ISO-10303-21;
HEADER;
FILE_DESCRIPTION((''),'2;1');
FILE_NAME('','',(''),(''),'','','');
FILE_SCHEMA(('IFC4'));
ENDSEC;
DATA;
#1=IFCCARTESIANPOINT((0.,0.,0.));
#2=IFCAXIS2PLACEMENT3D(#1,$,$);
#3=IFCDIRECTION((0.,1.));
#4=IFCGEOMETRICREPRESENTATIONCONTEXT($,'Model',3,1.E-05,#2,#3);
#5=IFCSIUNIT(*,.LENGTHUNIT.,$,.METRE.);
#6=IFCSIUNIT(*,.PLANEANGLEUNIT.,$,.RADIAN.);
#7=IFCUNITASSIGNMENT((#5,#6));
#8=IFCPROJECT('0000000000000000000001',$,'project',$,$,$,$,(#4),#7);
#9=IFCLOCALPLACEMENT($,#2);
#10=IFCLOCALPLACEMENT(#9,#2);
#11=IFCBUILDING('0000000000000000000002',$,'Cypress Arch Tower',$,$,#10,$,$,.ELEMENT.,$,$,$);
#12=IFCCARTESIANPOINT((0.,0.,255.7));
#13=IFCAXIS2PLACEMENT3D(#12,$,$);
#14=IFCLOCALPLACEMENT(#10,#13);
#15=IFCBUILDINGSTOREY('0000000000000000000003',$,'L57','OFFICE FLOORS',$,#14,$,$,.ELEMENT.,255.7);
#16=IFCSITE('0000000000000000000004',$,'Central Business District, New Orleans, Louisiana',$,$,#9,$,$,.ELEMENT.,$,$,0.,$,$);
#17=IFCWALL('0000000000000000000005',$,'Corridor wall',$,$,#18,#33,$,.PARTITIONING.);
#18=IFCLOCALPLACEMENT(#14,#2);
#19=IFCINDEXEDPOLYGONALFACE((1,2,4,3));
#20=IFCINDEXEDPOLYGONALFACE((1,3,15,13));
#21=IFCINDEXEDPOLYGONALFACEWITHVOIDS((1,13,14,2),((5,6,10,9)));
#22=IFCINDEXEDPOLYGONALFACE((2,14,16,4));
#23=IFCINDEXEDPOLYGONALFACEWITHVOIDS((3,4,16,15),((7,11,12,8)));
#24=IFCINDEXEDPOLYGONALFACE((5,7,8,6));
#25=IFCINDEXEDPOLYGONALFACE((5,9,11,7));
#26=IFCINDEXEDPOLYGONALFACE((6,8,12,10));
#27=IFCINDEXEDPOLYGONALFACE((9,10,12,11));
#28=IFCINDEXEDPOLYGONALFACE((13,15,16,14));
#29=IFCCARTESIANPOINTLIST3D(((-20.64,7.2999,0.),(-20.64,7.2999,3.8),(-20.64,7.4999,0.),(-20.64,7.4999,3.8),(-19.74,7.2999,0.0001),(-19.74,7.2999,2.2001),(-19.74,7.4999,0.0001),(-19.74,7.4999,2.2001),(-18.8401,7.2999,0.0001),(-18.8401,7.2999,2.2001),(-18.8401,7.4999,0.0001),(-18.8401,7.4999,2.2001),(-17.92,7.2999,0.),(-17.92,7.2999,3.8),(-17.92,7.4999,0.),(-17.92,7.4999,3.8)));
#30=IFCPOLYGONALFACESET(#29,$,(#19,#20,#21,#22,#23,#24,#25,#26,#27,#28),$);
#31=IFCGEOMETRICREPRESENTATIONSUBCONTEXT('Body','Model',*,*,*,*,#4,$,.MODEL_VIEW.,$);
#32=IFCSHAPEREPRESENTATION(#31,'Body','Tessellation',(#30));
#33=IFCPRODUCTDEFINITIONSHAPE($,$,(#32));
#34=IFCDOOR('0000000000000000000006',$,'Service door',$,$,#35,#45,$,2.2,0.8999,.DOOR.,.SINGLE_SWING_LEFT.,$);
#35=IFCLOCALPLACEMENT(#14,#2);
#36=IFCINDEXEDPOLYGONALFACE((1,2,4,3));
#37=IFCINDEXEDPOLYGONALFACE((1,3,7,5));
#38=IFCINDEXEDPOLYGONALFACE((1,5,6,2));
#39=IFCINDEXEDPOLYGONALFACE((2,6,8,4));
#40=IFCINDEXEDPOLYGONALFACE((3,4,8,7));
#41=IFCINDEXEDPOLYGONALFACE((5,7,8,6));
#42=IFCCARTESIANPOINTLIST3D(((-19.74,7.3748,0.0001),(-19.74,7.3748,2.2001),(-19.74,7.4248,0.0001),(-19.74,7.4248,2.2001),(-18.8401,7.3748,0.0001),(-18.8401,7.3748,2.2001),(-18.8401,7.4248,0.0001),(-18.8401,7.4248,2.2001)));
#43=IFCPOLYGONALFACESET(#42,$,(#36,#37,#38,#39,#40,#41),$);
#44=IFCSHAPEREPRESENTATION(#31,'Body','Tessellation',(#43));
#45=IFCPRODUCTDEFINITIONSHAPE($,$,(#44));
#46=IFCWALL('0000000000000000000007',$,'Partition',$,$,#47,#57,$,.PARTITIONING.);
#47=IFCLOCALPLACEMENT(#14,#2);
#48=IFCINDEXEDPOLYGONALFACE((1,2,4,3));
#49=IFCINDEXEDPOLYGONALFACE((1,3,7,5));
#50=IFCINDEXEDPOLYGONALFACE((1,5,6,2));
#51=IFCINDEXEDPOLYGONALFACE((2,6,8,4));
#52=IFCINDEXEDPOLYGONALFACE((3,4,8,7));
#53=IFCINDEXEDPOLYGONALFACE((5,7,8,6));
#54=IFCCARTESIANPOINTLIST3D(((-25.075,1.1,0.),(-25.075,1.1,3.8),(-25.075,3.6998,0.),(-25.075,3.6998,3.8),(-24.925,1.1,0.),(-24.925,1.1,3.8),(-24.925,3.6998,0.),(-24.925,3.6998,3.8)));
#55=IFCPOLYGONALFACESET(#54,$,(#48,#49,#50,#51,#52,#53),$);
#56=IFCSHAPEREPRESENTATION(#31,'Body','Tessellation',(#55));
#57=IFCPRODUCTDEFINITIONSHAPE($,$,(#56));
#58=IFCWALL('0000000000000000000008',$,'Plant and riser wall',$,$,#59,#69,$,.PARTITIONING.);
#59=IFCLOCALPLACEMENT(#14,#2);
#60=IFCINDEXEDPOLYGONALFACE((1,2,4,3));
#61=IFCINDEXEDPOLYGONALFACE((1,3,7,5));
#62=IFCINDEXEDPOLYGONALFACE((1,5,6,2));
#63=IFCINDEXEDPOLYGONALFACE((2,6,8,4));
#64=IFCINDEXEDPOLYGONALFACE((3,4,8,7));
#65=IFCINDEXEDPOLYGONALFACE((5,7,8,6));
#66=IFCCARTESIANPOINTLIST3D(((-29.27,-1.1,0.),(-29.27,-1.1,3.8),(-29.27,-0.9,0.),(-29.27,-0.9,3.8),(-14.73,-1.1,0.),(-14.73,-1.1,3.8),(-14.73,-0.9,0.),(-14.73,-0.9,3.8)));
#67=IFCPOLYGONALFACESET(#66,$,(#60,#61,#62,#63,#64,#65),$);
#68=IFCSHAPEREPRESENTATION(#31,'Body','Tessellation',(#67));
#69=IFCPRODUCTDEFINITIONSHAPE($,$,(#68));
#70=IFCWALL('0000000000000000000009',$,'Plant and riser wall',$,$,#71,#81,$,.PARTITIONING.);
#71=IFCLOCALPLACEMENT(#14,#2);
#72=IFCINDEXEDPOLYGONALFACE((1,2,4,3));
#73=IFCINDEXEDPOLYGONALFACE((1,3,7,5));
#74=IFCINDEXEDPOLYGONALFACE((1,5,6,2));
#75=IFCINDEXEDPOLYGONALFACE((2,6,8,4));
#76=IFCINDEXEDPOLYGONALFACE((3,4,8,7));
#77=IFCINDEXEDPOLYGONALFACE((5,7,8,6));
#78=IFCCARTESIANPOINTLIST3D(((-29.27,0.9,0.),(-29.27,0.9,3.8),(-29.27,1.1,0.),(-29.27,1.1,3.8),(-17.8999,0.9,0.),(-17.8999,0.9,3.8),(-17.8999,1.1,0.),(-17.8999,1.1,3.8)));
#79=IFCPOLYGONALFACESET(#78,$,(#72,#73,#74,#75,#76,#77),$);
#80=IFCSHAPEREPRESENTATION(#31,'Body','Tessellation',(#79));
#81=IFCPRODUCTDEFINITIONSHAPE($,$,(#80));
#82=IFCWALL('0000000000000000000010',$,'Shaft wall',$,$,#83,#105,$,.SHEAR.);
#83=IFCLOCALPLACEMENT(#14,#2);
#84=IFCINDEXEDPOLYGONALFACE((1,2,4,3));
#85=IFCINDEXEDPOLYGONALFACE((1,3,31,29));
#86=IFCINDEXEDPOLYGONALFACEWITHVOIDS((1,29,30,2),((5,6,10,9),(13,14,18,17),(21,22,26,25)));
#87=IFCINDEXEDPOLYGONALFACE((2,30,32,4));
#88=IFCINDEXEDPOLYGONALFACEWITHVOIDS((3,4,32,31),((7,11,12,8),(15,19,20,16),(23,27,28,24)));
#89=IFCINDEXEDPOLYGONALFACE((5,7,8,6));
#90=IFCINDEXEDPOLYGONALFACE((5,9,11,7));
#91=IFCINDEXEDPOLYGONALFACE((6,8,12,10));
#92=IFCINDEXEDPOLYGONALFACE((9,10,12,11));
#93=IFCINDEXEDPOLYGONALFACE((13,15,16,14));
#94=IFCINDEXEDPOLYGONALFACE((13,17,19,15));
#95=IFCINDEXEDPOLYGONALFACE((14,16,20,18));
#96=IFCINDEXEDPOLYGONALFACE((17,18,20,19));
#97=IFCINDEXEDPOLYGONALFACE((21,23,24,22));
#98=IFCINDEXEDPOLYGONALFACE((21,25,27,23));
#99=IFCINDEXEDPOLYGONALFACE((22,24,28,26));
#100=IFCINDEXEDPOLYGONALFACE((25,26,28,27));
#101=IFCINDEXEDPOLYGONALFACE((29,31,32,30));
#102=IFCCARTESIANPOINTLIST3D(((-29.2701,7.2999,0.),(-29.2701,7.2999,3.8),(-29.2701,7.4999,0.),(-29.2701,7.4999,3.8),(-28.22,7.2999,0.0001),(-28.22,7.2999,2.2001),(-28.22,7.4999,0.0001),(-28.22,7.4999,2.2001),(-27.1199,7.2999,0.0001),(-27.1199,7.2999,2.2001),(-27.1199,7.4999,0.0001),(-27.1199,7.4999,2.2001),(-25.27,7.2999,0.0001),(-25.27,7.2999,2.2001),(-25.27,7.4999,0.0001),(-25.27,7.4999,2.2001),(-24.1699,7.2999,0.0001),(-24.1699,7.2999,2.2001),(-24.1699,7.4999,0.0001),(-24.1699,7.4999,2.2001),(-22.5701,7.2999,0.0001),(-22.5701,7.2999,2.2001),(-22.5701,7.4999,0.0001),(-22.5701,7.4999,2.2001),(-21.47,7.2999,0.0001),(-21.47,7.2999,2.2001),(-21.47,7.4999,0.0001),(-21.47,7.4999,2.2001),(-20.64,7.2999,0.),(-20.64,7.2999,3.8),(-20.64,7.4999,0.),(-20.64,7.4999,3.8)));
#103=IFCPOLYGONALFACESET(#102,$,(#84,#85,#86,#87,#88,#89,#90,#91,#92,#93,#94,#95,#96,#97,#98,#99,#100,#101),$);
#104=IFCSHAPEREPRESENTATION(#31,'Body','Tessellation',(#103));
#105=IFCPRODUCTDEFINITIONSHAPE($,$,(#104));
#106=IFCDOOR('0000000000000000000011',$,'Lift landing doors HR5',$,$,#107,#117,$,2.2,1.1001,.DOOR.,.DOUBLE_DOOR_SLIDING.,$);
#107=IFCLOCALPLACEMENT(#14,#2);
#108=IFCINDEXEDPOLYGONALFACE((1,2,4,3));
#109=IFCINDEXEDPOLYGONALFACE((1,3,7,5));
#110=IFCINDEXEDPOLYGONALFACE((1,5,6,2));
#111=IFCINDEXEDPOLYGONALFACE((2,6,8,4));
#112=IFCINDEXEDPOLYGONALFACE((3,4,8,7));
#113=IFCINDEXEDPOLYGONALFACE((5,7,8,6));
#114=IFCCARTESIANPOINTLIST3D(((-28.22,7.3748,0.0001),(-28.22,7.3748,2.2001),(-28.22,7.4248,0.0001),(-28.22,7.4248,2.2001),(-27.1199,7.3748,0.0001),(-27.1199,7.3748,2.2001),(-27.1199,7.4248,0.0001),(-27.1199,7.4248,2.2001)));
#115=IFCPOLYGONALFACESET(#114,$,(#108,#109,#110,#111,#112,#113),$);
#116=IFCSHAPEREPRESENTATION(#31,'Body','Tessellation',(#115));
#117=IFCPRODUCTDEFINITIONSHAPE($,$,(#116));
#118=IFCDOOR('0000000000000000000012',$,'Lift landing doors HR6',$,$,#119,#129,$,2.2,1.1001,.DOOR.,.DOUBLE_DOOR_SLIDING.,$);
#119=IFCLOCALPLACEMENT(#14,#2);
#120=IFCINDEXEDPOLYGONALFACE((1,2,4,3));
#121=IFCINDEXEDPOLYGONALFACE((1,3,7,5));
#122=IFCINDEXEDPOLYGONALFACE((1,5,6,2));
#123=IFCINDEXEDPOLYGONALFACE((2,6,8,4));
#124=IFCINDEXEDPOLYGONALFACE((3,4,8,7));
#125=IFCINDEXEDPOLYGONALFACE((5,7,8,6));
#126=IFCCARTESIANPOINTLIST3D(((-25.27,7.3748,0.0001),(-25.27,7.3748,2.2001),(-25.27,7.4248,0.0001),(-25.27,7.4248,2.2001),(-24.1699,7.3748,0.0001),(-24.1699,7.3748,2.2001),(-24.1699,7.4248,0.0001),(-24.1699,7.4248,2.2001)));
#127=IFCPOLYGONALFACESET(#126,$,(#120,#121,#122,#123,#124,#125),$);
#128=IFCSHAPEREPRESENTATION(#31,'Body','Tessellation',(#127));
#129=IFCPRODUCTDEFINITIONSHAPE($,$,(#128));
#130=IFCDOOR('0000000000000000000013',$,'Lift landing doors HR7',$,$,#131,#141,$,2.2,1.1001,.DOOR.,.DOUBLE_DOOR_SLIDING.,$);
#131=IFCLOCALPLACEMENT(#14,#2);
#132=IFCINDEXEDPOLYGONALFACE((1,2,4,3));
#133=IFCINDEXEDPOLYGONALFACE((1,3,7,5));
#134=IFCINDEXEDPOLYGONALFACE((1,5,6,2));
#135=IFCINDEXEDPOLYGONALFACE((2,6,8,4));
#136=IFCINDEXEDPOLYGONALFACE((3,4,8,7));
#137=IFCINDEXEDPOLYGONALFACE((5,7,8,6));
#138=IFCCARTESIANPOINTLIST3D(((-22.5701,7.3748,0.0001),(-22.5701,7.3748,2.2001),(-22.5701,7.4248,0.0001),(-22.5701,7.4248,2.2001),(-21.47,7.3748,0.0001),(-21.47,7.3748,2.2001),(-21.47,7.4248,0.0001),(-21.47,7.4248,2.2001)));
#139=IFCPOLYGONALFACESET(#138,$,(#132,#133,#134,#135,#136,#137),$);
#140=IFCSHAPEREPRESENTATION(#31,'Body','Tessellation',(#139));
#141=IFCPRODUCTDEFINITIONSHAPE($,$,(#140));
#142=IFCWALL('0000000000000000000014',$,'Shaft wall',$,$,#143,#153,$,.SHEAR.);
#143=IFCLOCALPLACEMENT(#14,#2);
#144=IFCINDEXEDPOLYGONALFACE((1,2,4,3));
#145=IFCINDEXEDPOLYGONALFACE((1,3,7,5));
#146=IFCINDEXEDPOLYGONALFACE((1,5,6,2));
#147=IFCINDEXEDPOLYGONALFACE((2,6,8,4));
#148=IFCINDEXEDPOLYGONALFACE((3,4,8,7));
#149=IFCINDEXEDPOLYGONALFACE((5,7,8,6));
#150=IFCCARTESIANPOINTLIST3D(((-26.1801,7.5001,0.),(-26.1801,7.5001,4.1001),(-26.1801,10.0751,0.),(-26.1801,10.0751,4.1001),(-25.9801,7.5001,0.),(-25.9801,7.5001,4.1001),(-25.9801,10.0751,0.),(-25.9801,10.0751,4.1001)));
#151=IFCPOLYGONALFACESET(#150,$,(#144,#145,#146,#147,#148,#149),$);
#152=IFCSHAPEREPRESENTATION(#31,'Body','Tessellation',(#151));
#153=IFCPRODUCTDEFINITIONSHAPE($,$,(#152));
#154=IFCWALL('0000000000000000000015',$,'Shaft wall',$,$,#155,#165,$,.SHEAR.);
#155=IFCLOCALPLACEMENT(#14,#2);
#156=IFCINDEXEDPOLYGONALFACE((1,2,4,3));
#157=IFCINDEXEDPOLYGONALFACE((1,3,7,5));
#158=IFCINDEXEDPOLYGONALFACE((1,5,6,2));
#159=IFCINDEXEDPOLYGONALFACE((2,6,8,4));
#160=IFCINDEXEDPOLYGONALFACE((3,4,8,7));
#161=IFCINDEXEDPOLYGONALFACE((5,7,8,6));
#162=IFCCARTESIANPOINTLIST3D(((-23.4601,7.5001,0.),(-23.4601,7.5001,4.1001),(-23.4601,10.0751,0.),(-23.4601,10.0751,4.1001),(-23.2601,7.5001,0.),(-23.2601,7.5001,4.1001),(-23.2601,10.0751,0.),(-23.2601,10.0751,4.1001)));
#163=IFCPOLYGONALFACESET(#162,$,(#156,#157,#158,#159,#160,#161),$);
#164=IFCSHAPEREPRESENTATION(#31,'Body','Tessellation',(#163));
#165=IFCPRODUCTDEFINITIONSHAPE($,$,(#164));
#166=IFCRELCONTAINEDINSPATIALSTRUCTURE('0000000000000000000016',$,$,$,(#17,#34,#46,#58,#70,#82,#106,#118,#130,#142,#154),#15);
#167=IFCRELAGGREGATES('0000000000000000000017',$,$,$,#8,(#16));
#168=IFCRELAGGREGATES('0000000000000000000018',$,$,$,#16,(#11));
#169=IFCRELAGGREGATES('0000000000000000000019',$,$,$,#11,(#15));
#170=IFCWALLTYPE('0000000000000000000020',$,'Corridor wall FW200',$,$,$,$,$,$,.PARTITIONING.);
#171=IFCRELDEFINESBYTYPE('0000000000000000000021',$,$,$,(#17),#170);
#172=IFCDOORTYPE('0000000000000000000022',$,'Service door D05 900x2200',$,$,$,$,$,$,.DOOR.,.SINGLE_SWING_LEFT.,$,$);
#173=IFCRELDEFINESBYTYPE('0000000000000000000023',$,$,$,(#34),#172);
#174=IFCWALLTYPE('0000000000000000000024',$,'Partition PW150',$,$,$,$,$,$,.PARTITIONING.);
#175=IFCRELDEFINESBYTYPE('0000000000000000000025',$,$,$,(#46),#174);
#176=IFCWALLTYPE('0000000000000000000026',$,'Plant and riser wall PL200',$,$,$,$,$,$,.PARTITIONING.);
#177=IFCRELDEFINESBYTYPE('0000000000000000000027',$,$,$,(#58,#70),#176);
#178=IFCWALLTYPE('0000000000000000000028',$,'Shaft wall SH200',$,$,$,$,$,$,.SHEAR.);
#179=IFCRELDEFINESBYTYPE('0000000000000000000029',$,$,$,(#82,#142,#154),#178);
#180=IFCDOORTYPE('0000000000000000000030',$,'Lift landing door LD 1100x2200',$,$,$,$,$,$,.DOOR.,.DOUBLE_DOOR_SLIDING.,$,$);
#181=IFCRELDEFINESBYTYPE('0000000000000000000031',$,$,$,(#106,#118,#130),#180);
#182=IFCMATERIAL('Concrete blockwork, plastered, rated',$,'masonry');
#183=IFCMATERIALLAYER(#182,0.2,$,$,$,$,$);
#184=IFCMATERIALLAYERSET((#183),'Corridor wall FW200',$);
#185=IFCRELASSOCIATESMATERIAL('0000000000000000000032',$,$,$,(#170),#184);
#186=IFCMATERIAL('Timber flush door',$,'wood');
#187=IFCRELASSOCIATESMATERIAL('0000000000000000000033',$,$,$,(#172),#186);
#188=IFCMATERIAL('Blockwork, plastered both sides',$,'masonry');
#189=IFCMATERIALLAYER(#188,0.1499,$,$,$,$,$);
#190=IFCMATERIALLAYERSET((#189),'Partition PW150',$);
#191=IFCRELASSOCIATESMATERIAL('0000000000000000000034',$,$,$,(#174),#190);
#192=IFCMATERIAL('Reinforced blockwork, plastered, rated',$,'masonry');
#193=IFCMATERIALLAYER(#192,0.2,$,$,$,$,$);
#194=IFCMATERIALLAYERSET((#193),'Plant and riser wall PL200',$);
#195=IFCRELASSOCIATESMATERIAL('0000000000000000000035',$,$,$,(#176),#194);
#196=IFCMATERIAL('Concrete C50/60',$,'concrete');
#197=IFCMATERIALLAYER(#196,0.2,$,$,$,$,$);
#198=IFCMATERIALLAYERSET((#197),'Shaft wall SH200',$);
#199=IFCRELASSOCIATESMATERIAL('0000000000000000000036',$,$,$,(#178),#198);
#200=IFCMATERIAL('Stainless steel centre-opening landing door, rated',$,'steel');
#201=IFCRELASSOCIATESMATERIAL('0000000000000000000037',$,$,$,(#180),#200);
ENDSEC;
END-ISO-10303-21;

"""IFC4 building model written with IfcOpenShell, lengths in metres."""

from ifc_helpers import new_model, si_unit, direction, frame, frame_2d, origin, place, context, subcontext, project, spatial, rectangle, extrude, material, layer, layer_set, type_object, element, fill, save


model = new_model("IFC4")

# Units and contexts
model_context = context("Model", 3, precision=1e-05, world=origin(), true_north=direction((0.0, 1.0)))
body_context = subcontext(model_context, "Body", "Model", "MODEL_VIEW")
ifc_project = project(units=[si_unit("LENGTHUNIT", "METRE"), si_unit("PLANEANGLEUNIT", "RADIAN")], contexts=[model_context])

# Site, building, storey
site_placement = place(None, origin())
site = spatial("IfcSite", under=ifc_project, at=site_placement, Name="Central Business District, New Orleans, Louisiana", CompositionType="ELEMENT", RefElevation=0.0)
building_placement = place(site_placement, origin())
building = spatial("IfcBuilding", under=site, at=building_placement, Name="Cypress Arch Tower", CompositionType="ELEMENT")
storey_placement = place(building_placement, frame((0.0, 0.0, 255.7)))
storey = spatial("IfcBuildingStorey", under=building, at=storey_placement, Name="L57", Description="OFFICE FLOORS", CompositionType="ELEMENT", Elevation=255.7)

# Shared definitions
ifc_material_1 = material(Name="Concrete blockwork, plastered, rated", Category="masonry")
ifc_layer_1 = layer(ifc_material_1, 0.2)
ifc_layer_set_1 = layer_set([ifc_layer_1], Name="Corridor wall FW200")
wall_type_1 = type_object("IfcWallType", Name="Corridor wall FW200", PredefinedType="PARTITIONING", material=ifc_layer_set_1)
ifc_material_2 = material(Name="Timber flush door", Category="wood")
door_type_1 = type_object("IfcDoorType", Name="Service door D05 900x2200", OperationType="SINGLE_SWING_LEFT", PredefinedType="DOOR", material=ifc_material_2)

# Wall, opening, door
wall_1_placement = place(storey_placement, frame((-20.6399, 7.3999, 0.0), z_axis=(0.0, 0.0, 1.0), x_axis=(1.0, 0.0, 0.0)))
wall_1 = element("IfcWall", 1, at=wall_1_placement, inside=storey, type_object=wall_type_1, Name="Corridor wall", PredefinedType="PARTITIONING", context=body_context, shape_type="SweptSolid", body=[
    extrude(rectangle(XDim=2.72, YDim=0.2, at=frame_2d((1.3599, 0.0))), origin(), (0.0, 0.0, 1.0), 3.8),
])
opening_1_placement = place(wall_1_placement, frame((0.8999, 0.0, 0.0)))
opening_1 = element("IfcOpeningElement", 2, at=opening_1_placement, cuts=wall_1, PredefinedType="OPENING", context=body_context, shape_type="SweptSolid", body=[
    extrude(rectangle(XDim=0.8999, YDim=2.2, at=frame_2d((0.45, 1.1001))), frame((0.0, 0.1099, 0.0), z_axis=(0.0, -1.0, 0.0), x_axis=(1.0, 0.0, 0.0)), (0.0, 0.0, 1.0), 0.22),
])
door_1_placement = place(opening_1_placement, origin())
door_1 = element("IfcDoor", 3, at=door_1_placement, inside=storey, type_object=door_type_1, Name="Service door", OperationType="SINGLE_SWING_LEFT", OverallHeight=2.2, OverallWidth=0.8999, PredefinedType="DOOR", context=body_context, shape_type="SweptSolid", body=[
    extrude(rectangle(XDim=0.8999, YDim=2.2, at=frame_2d((0.45, 1.1001))), frame((0.0, 0.0249, 0.0), z_axis=(0.0, -1.0, 0.0), x_axis=(1.0, 0.0, 0.0)), (0.0, 0.0, 1.0), 0.05),
])
fill(opening_1, door_1)

# Walls
ifc_material_3 = material(Name="Blockwork, plastered both sides", Category="masonry")
ifc_layer_2 = layer(ifc_material_3, 0.1499)
ifc_layer_set_2 = layer_set([ifc_layer_2], Name="Partition PW150")
wall_type_2 = type_object("IfcWallType", Name="Partition PW150", PredefinedType="PARTITIONING", material=ifc_layer_set_2)
wall_2_placement = place(storey_placement, frame((-25.0, 1.1001, 0.0), z_axis=(0.0, 0.0, 1.0), x_axis=(0.0, 1.0, 0.0)))
element("IfcWall", 4, at=wall_2_placement, inside=storey, type_object=wall_type_2, Name="Partition", PredefinedType="PARTITIONING", context=body_context, shape_type="SweptSolid", body=[
    extrude(rectangle(XDim=2.5999, YDim=0.1499, at=frame_2d((1.2998, 0.0))), origin(), (0.0, 0.0, 1.0), 3.8),
])
ifc_material_4 = material(Name="Reinforced blockwork, plastered, rated", Category="masonry")
ifc_layer_3 = layer(ifc_material_4, 0.2)
ifc_layer_set_3 = layer_set([ifc_layer_3], Name="Plant and riser wall PL200")
wall_type_3 = type_object("IfcWallType", Name="Plant and riser wall PL200", PredefinedType="PARTITIONING", material=ifc_layer_set_3)
wall_3_placement = place(storey_placement, frame((-29.27, -1.0, 0.0), z_axis=(0.0, 0.0, 1.0), x_axis=(1.0, 0.0, 0.0)))
element("IfcWall", 5, at=wall_3_placement, inside=storey, type_object=wall_type_3, Name="Plant and riser wall", PredefinedType="PARTITIONING", context=body_context, shape_type="SweptSolid", body=[
    extrude(rectangle(XDim=14.54, YDim=0.2, at=frame_2d((7.27, 0.0))), origin(), (0.0, 0.0, 1.0), 3.8),
])
wall_4_placement = place(storey_placement, frame((-29.27, 1.0, 0.0), z_axis=(0.0, 0.0, 1.0), x_axis=(1.0, 0.0, 0.0)))
element("IfcWall", 6, at=wall_4_placement, inside=storey, type_object=wall_type_3, Name="Plant and riser wall", PredefinedType="PARTITIONING", context=body_context, shape_type="SweptSolid", body=[
    extrude(rectangle(XDim=11.3701, YDim=0.2, at=frame_2d((5.6851, 0.0))), origin(), (0.0, 0.0, 1.0), 3.8),
])

# Wall, openings, doors
ifc_material_5 = material(Name="Concrete C50/60", Category="concrete")
ifc_layer_4 = layer(ifc_material_5, 0.2)
ifc_layer_set_4 = layer_set([ifc_layer_4], Name="Shaft wall SH200")
wall_type_4 = type_object("IfcWallType", Name="Shaft wall SH200", PredefinedType="SHEAR", material=ifc_layer_set_4)
wall_5_placement = place(storey_placement, frame((-29.27, 7.3999, 0.0), z_axis=(0.0, 0.0, 1.0), x_axis=(1.0, 0.0, 0.0)))
wall_5 = element("IfcWall", 7, at=wall_5_placement, inside=storey, type_object=wall_type_4, Name="Shaft wall", PredefinedType="SHEAR", context=body_context, shape_type="SweptSolid", body=[
    extrude(rectangle(XDim=8.6301, YDim=0.2, at=frame_2d((4.3149, 0.0))), origin(), (0.0, 0.0, 1.0), 3.8),
])
opening_2_placement = place(wall_5_placement, frame((1.05, 0.0, 0.0)))
opening_2 = element("IfcOpeningElement", 8, at=opening_2_placement, cuts=wall_5, PredefinedType="OPENING", context=body_context, shape_type="SweptSolid", body=[
    extrude(rectangle(XDim=1.1001, YDim=2.2, at=frame_2d((0.55, 1.1001))), frame((0.0, 0.1099, 0.0), z_axis=(0.0, -1.0, 0.0), x_axis=(1.0, 0.0, 0.0)), (0.0, 0.0, 1.0), 0.22),
])
opening_3_placement = place(wall_5_placement, frame((4.0, 0.0, 0.0)))
opening_3 = element("IfcOpeningElement", 9, at=opening_3_placement, cuts=wall_5, PredefinedType="OPENING", context=body_context, shape_type="SweptSolid", body=[
    extrude(rectangle(XDim=1.1001, YDim=2.2, at=frame_2d((0.55, 1.1001))), frame((0.0, 0.1099, 0.0), z_axis=(0.0, -1.0, 0.0), x_axis=(1.0, 0.0, 0.0)), (0.0, 0.0, 1.0), 0.22),
])
opening_4_placement = place(wall_5_placement, frame((6.7, 0.0, 0.0)))
opening_4 = element("IfcOpeningElement", 10, at=opening_4_placement, cuts=wall_5, PredefinedType="OPENING", context=body_context, shape_type="SweptSolid", body=[
    extrude(rectangle(XDim=1.1001, YDim=2.2, at=frame_2d((0.55, 1.1001))), frame((0.0, 0.1099, 0.0), z_axis=(0.0, -1.0, 0.0), x_axis=(1.0, 0.0, 0.0)), (0.0, 0.0, 1.0), 0.22),
])
ifc_material_6 = material(Name="Stainless steel centre-opening landing door, rated", Category="steel")
door_type_2 = type_object("IfcDoorType", Name="Lift landing door LD 1100x2200", OperationType="DOUBLE_DOOR_SLIDING", PredefinedType="DOOR", material=ifc_material_6)
door_2_placement = place(opening_2_placement, origin())
door_2 = element("IfcDoor", 11, at=door_2_placement, inside=storey, type_object=door_type_2, Name="Lift landing doors HR5", OperationType="DOUBLE_DOOR_SLIDING", OverallHeight=2.2, OverallWidth=1.1001, PredefinedType="DOOR", context=body_context, shape_type="SweptSolid", body=[
    extrude(rectangle(XDim=1.1001, YDim=2.2, at=frame_2d((0.55, 1.1001))), frame((0.0, 0.0249, 0.0), z_axis=(0.0, -1.0, 0.0), x_axis=(1.0, 0.0, 0.0)), (0.0, 0.0, 1.0), 0.05),
])
fill(opening_2, door_2)
door_3_placement = place(opening_3_placement, origin())
door_3 = element("IfcDoor", 12, at=door_3_placement, inside=storey, type_object=door_type_2, Name="Lift landing doors HR6", OperationType="DOUBLE_DOOR_SLIDING", OverallHeight=2.2, OverallWidth=1.1001, PredefinedType="DOOR", context=body_context, shape_type="SweptSolid", body=[
    extrude(rectangle(XDim=1.1001, YDim=2.2, at=frame_2d((0.55, 1.1001))), frame((0.0, 0.0249, 0.0), z_axis=(0.0, -1.0, 0.0), x_axis=(1.0, 0.0, 0.0)), (0.0, 0.0, 1.0), 0.05),
])
fill(opening_3, door_3)
door_4_placement = place(opening_4_placement, origin())
door_4 = element("IfcDoor", 13, at=door_4_placement, inside=storey, type_object=door_type_2, Name="Lift landing doors HR7", OperationType="DOUBLE_DOOR_SLIDING", OverallHeight=2.2, OverallWidth=1.1001, PredefinedType="DOOR", context=body_context, shape_type="SweptSolid", body=[
    extrude(rectangle(XDim=1.1001, YDim=2.2, at=frame_2d((0.55, 1.1001))), frame((0.0, 0.0249, 0.0), z_axis=(0.0, -1.0, 0.0), x_axis=(1.0, 0.0, 0.0)), (0.0, 0.0, 1.0), 0.05),
])
fill(opening_4, door_4)

# Walls
for number, where, z_axis, x_axis, name in (
    (14, (-26.0801, 7.5, 0.0), (0.0, 0.0, 1.0), (0.0, 1.0, 0.0), "Shaft wall"),
    (15, (-23.3601, 7.5, 0.0), (0.0, 0.0, 1.0), (0.0, 1.0, 0.0), "Shaft wall"),
):
    element("IfcWall", number, at=place(storey_placement, frame(where, z_axis=z_axis, x_axis=x_axis)), inside=storey, type_object=wall_type_4, Name=name, PredefinedType="SHEAR", context=body_context, shape_type="SweptSolid", body=[
        extrude(rectangle(XDim=2.575, YDim=0.2, at=frame_2d((1.2876, 0.0))), origin(), (0.0, 0.0, 1.0), 4.1001),
    ])

save(model, "model.ifc")
